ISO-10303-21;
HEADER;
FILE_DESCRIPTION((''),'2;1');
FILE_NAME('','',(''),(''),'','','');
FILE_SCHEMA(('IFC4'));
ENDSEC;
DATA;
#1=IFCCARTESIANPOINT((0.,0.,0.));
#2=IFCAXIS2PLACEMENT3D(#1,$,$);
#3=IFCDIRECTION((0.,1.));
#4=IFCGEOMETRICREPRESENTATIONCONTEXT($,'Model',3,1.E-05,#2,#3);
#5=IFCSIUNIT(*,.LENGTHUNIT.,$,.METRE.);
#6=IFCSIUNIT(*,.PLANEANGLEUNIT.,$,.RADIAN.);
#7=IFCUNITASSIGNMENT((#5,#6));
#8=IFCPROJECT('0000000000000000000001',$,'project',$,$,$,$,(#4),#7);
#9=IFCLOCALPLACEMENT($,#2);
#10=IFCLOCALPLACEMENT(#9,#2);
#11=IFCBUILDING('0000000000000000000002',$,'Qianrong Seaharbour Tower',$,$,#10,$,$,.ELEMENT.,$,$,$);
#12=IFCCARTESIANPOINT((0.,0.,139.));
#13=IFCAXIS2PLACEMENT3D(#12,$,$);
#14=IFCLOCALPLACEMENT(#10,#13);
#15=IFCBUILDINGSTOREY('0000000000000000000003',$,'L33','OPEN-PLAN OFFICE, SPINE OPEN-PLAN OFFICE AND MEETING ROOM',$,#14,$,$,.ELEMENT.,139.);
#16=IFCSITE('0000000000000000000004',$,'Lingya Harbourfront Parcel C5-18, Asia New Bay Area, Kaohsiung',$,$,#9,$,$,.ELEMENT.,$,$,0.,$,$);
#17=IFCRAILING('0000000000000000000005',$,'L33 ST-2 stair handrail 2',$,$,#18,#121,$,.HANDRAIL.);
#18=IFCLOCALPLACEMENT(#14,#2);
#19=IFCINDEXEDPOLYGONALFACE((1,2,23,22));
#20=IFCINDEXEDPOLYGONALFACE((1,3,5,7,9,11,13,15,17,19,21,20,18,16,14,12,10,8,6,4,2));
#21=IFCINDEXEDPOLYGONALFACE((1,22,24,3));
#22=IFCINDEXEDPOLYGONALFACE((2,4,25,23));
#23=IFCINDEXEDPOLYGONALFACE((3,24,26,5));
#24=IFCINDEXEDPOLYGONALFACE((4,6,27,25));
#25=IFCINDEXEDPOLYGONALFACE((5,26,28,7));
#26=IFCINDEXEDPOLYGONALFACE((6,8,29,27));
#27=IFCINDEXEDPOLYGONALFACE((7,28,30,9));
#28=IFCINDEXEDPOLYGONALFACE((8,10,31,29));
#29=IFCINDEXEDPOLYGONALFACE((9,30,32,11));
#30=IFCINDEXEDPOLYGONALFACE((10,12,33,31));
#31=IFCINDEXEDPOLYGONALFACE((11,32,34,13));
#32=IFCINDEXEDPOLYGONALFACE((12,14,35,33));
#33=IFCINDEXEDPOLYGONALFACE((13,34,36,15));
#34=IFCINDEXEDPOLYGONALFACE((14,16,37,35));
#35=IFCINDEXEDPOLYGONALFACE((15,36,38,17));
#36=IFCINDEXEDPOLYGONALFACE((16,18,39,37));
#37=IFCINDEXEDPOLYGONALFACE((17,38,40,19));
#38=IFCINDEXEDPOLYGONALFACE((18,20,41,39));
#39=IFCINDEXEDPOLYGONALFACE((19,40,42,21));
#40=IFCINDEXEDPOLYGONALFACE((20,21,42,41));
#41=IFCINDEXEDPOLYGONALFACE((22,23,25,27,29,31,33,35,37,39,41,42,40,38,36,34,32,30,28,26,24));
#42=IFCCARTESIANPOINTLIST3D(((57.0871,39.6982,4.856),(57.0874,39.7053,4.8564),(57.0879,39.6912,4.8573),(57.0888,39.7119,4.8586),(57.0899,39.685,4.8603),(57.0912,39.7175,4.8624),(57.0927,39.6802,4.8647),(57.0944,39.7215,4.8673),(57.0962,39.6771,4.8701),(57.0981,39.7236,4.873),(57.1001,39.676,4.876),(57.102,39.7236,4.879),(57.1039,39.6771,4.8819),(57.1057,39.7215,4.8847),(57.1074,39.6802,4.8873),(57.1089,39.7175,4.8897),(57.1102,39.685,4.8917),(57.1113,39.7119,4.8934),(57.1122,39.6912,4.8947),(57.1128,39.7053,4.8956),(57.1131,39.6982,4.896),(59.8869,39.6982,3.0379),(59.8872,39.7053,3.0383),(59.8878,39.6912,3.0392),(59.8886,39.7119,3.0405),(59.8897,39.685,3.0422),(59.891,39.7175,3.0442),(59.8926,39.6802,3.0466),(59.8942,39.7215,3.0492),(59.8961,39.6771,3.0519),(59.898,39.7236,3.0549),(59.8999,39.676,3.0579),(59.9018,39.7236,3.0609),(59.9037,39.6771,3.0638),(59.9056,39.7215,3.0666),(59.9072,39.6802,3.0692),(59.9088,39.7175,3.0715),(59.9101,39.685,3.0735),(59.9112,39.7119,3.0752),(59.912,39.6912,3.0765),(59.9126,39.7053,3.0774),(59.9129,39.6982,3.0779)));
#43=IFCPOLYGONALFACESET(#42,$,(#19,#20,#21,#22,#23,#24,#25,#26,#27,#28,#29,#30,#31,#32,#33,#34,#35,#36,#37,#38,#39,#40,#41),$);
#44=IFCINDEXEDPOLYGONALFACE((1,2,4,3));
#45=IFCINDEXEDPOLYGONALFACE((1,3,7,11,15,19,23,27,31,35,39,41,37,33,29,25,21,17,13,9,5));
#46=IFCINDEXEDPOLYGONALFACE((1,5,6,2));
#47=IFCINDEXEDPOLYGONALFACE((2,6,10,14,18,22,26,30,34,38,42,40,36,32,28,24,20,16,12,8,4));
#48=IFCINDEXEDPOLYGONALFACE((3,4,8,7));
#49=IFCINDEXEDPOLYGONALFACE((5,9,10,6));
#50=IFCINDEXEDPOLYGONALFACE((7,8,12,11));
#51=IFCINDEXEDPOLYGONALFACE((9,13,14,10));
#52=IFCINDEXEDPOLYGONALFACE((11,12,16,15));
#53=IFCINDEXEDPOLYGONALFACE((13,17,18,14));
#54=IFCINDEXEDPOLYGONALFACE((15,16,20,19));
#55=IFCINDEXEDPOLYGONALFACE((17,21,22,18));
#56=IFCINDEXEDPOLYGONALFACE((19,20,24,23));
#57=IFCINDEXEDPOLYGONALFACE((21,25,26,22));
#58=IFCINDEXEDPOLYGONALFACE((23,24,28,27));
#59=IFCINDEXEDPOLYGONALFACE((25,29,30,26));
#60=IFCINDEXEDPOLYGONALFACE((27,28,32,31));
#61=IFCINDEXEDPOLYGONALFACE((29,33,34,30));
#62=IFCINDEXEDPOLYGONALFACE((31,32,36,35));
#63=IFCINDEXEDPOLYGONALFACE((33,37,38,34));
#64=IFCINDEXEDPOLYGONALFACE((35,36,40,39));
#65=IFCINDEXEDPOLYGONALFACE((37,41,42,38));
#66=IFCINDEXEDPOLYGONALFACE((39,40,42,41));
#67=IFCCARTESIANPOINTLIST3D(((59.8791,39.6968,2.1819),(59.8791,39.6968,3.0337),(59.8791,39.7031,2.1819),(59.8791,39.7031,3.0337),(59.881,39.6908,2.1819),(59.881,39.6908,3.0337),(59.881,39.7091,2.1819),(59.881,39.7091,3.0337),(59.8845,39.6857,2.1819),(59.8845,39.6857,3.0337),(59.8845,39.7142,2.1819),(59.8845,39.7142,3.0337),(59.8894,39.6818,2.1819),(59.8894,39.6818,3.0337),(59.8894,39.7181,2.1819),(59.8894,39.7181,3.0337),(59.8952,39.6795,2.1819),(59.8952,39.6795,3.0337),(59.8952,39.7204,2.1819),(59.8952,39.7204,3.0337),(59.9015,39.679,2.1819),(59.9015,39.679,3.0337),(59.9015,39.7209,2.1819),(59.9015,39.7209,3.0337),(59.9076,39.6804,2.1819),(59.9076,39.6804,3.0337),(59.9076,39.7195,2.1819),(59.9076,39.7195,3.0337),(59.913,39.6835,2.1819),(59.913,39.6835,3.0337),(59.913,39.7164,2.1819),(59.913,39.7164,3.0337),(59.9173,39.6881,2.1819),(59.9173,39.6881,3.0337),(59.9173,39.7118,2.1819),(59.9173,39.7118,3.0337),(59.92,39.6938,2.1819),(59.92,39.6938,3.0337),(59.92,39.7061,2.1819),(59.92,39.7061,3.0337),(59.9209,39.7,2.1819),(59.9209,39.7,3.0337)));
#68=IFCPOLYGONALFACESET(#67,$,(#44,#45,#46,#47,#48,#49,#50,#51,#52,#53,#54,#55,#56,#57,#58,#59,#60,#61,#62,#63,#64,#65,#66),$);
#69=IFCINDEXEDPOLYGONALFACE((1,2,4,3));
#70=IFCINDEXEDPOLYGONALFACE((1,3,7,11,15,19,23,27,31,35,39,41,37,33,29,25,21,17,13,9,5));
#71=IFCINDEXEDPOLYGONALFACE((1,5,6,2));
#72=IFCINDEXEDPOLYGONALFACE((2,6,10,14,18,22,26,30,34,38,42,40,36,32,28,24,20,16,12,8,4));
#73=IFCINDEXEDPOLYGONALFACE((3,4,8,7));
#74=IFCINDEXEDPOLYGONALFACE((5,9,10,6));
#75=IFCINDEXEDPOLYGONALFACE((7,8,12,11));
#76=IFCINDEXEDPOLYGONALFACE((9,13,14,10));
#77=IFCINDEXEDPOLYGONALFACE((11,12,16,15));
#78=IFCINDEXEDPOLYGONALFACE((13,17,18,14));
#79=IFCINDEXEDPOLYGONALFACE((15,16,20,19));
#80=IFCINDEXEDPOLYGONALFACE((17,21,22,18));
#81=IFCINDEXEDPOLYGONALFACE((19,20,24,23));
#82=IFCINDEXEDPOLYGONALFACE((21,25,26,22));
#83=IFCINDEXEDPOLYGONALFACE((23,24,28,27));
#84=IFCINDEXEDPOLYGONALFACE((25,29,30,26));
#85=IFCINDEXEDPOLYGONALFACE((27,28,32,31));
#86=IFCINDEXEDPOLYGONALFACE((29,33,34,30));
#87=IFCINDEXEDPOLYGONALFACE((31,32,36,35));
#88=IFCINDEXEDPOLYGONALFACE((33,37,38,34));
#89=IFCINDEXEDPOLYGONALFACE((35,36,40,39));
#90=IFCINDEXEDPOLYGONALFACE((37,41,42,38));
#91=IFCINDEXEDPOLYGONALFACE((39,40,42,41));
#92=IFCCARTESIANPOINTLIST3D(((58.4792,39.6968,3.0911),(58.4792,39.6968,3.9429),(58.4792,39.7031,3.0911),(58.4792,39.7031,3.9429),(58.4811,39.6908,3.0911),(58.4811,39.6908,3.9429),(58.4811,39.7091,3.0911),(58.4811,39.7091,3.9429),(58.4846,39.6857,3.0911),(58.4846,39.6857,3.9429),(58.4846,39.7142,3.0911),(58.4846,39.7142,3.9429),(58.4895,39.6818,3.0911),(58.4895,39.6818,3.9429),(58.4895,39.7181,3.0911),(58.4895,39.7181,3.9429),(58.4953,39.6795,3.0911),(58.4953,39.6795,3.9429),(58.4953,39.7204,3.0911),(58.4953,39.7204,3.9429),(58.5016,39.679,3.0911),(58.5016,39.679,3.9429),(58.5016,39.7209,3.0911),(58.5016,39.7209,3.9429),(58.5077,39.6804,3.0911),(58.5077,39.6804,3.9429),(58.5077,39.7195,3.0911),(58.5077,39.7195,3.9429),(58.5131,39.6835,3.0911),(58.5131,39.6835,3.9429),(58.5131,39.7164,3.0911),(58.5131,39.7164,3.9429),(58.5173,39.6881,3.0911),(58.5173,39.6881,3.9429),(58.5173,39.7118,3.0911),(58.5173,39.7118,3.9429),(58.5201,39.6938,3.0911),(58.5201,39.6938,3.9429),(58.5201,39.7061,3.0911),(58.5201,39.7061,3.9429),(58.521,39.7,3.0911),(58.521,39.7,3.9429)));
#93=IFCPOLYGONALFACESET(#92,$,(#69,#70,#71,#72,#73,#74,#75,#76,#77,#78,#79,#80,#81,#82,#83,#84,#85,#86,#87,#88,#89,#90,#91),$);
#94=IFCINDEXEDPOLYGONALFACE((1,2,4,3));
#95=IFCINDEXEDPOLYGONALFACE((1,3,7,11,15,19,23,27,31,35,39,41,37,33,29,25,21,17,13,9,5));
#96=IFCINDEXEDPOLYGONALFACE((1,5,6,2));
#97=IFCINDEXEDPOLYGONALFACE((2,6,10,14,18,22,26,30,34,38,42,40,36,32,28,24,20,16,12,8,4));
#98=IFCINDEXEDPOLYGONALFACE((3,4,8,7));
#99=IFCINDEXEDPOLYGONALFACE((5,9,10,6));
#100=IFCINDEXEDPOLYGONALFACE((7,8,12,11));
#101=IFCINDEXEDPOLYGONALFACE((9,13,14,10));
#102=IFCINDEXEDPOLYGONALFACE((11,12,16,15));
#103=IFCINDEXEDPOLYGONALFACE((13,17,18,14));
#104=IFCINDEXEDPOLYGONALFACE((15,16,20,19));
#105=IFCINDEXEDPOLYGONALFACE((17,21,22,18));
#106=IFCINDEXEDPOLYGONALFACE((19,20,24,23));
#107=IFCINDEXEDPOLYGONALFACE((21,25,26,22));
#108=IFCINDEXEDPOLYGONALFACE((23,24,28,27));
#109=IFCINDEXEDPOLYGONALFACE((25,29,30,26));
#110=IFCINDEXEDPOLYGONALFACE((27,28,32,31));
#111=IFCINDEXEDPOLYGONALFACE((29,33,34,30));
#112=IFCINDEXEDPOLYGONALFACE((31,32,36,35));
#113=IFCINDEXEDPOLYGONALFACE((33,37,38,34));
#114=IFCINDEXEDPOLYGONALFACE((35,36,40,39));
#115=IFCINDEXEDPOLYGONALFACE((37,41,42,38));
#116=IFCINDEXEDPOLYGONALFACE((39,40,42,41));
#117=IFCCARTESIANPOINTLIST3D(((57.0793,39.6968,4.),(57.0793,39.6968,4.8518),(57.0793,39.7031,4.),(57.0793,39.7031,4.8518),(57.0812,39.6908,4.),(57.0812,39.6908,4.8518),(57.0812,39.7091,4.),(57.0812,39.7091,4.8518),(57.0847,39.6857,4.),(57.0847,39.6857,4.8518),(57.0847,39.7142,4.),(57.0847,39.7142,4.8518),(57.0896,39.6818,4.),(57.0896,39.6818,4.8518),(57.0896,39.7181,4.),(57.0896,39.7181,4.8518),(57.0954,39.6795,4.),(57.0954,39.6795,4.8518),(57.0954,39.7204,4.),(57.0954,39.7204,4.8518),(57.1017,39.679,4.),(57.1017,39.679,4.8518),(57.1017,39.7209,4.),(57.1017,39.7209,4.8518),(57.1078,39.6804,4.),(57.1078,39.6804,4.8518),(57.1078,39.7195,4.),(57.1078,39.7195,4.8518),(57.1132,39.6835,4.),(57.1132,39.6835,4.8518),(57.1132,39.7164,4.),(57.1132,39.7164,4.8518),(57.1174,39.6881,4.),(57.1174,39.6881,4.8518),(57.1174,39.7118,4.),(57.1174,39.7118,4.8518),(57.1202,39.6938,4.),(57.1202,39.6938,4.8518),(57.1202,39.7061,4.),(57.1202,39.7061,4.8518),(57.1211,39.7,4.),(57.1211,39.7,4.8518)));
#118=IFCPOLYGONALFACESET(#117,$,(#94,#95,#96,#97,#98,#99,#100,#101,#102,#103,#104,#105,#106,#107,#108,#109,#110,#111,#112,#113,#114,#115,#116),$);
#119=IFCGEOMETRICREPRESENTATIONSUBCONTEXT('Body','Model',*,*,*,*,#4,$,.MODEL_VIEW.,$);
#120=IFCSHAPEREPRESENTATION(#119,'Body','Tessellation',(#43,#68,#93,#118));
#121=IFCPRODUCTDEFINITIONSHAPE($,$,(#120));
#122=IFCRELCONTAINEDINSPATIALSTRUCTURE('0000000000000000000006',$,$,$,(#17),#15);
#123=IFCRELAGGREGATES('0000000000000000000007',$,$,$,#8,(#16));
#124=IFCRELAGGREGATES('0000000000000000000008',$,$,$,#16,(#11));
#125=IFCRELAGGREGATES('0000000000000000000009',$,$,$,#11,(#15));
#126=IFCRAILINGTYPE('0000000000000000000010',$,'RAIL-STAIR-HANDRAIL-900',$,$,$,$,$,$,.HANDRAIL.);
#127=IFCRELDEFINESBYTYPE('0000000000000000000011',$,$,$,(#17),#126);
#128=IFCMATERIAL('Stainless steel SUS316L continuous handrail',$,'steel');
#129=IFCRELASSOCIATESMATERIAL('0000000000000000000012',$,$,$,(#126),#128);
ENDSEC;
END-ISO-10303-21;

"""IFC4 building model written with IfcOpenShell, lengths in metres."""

from ifc_helpers import new_model, si_unit, direction, frame, origin, origin_2d, place, context, subcontext, project, spatial, circle, extrude, material, type_object, element, save


model = new_model("IFC4")

# Units and contexts
model_context = context("Model", 3, precision=1e-05, world=origin(), true_north=direction((0.0, 1.0)))
body_context = subcontext(model_context, "Body", "Model", "MODEL_VIEW")
ifc_project = project(units=[si_unit("LENGTHUNIT", "METRE"), si_unit("PLANEANGLEUNIT", "RADIAN")], contexts=[model_context])

# Site, building, storey
site_placement = place(None, origin())
site = spatial("IfcSite", under=ifc_project, at=site_placement, Name="Lingya Harbourfront Parcel C5-18, Asia New Bay Area, Kaohsiung", CompositionType="ELEMENT", RefElevation=0.0)
building_placement = place(site_placement, origin())
building = spatial("IfcBuilding", under=site, at=building_placement, Name="Qianrong Seaharbour Tower", CompositionType="ELEMENT")
storey_placement = place(building_placement, frame((0.0, 0.0, 139.0)))
storey = spatial("IfcBuildingStorey", under=building, at=storey_placement, Name="L33", Description="OPEN-PLAN OFFICE, SPINE OPEN-PLAN OFFICE AND MEETING ROOM", CompositionType="ELEMENT", Elevation=139.0)

# Railing
ifc_material_1 = material(Name="Stainless steel SUS316L continuous handrail", Category="steel")
railing_type_1 = type_object("IfcRailingType", Name="RAIL-STAIR-HANDRAIL-900", PredefinedType="HANDRAIL", material=ifc_material_1)
railing_1_placement = place(storey_placement, frame((59.8999, 39.7, 2.1819)))
element("IfcRailing", 1, at=railing_1_placement, inside=storey, type_object=railing_type_1, Name="L33 ST-2 stair handrail 2", PredefinedType="HANDRAIL", context=body_context, shape_type="SweptSolid", body=[
    extrude(circle(Radius=0.0239, at=origin_2d()), frame((0.0, 0.0, 0.876), z_axis=(-0.838684, 0.0, 0.544618), x_axis=(0.0, -1.0, 0.0)), (0.0, 0.0, 1.0), 3.3384),
    extrude(circle(Radius=0.021, at=origin_2d()), origin(), (0.0, 0.0, 1.0), 0.8518),
    extrude(circle(Radius=0.021, at=origin_2d()), frame((-1.3999, 0.0, 0.9092)), (0.0, 0.0, 1.0), 0.8518),
    extrude(circle(Radius=0.021, at=origin_2d()), frame((-2.7998, 0.0, 1.8181)), (0.0, 0.0, 1.0), 0.8518),
])

save(model, "model.ifc")
